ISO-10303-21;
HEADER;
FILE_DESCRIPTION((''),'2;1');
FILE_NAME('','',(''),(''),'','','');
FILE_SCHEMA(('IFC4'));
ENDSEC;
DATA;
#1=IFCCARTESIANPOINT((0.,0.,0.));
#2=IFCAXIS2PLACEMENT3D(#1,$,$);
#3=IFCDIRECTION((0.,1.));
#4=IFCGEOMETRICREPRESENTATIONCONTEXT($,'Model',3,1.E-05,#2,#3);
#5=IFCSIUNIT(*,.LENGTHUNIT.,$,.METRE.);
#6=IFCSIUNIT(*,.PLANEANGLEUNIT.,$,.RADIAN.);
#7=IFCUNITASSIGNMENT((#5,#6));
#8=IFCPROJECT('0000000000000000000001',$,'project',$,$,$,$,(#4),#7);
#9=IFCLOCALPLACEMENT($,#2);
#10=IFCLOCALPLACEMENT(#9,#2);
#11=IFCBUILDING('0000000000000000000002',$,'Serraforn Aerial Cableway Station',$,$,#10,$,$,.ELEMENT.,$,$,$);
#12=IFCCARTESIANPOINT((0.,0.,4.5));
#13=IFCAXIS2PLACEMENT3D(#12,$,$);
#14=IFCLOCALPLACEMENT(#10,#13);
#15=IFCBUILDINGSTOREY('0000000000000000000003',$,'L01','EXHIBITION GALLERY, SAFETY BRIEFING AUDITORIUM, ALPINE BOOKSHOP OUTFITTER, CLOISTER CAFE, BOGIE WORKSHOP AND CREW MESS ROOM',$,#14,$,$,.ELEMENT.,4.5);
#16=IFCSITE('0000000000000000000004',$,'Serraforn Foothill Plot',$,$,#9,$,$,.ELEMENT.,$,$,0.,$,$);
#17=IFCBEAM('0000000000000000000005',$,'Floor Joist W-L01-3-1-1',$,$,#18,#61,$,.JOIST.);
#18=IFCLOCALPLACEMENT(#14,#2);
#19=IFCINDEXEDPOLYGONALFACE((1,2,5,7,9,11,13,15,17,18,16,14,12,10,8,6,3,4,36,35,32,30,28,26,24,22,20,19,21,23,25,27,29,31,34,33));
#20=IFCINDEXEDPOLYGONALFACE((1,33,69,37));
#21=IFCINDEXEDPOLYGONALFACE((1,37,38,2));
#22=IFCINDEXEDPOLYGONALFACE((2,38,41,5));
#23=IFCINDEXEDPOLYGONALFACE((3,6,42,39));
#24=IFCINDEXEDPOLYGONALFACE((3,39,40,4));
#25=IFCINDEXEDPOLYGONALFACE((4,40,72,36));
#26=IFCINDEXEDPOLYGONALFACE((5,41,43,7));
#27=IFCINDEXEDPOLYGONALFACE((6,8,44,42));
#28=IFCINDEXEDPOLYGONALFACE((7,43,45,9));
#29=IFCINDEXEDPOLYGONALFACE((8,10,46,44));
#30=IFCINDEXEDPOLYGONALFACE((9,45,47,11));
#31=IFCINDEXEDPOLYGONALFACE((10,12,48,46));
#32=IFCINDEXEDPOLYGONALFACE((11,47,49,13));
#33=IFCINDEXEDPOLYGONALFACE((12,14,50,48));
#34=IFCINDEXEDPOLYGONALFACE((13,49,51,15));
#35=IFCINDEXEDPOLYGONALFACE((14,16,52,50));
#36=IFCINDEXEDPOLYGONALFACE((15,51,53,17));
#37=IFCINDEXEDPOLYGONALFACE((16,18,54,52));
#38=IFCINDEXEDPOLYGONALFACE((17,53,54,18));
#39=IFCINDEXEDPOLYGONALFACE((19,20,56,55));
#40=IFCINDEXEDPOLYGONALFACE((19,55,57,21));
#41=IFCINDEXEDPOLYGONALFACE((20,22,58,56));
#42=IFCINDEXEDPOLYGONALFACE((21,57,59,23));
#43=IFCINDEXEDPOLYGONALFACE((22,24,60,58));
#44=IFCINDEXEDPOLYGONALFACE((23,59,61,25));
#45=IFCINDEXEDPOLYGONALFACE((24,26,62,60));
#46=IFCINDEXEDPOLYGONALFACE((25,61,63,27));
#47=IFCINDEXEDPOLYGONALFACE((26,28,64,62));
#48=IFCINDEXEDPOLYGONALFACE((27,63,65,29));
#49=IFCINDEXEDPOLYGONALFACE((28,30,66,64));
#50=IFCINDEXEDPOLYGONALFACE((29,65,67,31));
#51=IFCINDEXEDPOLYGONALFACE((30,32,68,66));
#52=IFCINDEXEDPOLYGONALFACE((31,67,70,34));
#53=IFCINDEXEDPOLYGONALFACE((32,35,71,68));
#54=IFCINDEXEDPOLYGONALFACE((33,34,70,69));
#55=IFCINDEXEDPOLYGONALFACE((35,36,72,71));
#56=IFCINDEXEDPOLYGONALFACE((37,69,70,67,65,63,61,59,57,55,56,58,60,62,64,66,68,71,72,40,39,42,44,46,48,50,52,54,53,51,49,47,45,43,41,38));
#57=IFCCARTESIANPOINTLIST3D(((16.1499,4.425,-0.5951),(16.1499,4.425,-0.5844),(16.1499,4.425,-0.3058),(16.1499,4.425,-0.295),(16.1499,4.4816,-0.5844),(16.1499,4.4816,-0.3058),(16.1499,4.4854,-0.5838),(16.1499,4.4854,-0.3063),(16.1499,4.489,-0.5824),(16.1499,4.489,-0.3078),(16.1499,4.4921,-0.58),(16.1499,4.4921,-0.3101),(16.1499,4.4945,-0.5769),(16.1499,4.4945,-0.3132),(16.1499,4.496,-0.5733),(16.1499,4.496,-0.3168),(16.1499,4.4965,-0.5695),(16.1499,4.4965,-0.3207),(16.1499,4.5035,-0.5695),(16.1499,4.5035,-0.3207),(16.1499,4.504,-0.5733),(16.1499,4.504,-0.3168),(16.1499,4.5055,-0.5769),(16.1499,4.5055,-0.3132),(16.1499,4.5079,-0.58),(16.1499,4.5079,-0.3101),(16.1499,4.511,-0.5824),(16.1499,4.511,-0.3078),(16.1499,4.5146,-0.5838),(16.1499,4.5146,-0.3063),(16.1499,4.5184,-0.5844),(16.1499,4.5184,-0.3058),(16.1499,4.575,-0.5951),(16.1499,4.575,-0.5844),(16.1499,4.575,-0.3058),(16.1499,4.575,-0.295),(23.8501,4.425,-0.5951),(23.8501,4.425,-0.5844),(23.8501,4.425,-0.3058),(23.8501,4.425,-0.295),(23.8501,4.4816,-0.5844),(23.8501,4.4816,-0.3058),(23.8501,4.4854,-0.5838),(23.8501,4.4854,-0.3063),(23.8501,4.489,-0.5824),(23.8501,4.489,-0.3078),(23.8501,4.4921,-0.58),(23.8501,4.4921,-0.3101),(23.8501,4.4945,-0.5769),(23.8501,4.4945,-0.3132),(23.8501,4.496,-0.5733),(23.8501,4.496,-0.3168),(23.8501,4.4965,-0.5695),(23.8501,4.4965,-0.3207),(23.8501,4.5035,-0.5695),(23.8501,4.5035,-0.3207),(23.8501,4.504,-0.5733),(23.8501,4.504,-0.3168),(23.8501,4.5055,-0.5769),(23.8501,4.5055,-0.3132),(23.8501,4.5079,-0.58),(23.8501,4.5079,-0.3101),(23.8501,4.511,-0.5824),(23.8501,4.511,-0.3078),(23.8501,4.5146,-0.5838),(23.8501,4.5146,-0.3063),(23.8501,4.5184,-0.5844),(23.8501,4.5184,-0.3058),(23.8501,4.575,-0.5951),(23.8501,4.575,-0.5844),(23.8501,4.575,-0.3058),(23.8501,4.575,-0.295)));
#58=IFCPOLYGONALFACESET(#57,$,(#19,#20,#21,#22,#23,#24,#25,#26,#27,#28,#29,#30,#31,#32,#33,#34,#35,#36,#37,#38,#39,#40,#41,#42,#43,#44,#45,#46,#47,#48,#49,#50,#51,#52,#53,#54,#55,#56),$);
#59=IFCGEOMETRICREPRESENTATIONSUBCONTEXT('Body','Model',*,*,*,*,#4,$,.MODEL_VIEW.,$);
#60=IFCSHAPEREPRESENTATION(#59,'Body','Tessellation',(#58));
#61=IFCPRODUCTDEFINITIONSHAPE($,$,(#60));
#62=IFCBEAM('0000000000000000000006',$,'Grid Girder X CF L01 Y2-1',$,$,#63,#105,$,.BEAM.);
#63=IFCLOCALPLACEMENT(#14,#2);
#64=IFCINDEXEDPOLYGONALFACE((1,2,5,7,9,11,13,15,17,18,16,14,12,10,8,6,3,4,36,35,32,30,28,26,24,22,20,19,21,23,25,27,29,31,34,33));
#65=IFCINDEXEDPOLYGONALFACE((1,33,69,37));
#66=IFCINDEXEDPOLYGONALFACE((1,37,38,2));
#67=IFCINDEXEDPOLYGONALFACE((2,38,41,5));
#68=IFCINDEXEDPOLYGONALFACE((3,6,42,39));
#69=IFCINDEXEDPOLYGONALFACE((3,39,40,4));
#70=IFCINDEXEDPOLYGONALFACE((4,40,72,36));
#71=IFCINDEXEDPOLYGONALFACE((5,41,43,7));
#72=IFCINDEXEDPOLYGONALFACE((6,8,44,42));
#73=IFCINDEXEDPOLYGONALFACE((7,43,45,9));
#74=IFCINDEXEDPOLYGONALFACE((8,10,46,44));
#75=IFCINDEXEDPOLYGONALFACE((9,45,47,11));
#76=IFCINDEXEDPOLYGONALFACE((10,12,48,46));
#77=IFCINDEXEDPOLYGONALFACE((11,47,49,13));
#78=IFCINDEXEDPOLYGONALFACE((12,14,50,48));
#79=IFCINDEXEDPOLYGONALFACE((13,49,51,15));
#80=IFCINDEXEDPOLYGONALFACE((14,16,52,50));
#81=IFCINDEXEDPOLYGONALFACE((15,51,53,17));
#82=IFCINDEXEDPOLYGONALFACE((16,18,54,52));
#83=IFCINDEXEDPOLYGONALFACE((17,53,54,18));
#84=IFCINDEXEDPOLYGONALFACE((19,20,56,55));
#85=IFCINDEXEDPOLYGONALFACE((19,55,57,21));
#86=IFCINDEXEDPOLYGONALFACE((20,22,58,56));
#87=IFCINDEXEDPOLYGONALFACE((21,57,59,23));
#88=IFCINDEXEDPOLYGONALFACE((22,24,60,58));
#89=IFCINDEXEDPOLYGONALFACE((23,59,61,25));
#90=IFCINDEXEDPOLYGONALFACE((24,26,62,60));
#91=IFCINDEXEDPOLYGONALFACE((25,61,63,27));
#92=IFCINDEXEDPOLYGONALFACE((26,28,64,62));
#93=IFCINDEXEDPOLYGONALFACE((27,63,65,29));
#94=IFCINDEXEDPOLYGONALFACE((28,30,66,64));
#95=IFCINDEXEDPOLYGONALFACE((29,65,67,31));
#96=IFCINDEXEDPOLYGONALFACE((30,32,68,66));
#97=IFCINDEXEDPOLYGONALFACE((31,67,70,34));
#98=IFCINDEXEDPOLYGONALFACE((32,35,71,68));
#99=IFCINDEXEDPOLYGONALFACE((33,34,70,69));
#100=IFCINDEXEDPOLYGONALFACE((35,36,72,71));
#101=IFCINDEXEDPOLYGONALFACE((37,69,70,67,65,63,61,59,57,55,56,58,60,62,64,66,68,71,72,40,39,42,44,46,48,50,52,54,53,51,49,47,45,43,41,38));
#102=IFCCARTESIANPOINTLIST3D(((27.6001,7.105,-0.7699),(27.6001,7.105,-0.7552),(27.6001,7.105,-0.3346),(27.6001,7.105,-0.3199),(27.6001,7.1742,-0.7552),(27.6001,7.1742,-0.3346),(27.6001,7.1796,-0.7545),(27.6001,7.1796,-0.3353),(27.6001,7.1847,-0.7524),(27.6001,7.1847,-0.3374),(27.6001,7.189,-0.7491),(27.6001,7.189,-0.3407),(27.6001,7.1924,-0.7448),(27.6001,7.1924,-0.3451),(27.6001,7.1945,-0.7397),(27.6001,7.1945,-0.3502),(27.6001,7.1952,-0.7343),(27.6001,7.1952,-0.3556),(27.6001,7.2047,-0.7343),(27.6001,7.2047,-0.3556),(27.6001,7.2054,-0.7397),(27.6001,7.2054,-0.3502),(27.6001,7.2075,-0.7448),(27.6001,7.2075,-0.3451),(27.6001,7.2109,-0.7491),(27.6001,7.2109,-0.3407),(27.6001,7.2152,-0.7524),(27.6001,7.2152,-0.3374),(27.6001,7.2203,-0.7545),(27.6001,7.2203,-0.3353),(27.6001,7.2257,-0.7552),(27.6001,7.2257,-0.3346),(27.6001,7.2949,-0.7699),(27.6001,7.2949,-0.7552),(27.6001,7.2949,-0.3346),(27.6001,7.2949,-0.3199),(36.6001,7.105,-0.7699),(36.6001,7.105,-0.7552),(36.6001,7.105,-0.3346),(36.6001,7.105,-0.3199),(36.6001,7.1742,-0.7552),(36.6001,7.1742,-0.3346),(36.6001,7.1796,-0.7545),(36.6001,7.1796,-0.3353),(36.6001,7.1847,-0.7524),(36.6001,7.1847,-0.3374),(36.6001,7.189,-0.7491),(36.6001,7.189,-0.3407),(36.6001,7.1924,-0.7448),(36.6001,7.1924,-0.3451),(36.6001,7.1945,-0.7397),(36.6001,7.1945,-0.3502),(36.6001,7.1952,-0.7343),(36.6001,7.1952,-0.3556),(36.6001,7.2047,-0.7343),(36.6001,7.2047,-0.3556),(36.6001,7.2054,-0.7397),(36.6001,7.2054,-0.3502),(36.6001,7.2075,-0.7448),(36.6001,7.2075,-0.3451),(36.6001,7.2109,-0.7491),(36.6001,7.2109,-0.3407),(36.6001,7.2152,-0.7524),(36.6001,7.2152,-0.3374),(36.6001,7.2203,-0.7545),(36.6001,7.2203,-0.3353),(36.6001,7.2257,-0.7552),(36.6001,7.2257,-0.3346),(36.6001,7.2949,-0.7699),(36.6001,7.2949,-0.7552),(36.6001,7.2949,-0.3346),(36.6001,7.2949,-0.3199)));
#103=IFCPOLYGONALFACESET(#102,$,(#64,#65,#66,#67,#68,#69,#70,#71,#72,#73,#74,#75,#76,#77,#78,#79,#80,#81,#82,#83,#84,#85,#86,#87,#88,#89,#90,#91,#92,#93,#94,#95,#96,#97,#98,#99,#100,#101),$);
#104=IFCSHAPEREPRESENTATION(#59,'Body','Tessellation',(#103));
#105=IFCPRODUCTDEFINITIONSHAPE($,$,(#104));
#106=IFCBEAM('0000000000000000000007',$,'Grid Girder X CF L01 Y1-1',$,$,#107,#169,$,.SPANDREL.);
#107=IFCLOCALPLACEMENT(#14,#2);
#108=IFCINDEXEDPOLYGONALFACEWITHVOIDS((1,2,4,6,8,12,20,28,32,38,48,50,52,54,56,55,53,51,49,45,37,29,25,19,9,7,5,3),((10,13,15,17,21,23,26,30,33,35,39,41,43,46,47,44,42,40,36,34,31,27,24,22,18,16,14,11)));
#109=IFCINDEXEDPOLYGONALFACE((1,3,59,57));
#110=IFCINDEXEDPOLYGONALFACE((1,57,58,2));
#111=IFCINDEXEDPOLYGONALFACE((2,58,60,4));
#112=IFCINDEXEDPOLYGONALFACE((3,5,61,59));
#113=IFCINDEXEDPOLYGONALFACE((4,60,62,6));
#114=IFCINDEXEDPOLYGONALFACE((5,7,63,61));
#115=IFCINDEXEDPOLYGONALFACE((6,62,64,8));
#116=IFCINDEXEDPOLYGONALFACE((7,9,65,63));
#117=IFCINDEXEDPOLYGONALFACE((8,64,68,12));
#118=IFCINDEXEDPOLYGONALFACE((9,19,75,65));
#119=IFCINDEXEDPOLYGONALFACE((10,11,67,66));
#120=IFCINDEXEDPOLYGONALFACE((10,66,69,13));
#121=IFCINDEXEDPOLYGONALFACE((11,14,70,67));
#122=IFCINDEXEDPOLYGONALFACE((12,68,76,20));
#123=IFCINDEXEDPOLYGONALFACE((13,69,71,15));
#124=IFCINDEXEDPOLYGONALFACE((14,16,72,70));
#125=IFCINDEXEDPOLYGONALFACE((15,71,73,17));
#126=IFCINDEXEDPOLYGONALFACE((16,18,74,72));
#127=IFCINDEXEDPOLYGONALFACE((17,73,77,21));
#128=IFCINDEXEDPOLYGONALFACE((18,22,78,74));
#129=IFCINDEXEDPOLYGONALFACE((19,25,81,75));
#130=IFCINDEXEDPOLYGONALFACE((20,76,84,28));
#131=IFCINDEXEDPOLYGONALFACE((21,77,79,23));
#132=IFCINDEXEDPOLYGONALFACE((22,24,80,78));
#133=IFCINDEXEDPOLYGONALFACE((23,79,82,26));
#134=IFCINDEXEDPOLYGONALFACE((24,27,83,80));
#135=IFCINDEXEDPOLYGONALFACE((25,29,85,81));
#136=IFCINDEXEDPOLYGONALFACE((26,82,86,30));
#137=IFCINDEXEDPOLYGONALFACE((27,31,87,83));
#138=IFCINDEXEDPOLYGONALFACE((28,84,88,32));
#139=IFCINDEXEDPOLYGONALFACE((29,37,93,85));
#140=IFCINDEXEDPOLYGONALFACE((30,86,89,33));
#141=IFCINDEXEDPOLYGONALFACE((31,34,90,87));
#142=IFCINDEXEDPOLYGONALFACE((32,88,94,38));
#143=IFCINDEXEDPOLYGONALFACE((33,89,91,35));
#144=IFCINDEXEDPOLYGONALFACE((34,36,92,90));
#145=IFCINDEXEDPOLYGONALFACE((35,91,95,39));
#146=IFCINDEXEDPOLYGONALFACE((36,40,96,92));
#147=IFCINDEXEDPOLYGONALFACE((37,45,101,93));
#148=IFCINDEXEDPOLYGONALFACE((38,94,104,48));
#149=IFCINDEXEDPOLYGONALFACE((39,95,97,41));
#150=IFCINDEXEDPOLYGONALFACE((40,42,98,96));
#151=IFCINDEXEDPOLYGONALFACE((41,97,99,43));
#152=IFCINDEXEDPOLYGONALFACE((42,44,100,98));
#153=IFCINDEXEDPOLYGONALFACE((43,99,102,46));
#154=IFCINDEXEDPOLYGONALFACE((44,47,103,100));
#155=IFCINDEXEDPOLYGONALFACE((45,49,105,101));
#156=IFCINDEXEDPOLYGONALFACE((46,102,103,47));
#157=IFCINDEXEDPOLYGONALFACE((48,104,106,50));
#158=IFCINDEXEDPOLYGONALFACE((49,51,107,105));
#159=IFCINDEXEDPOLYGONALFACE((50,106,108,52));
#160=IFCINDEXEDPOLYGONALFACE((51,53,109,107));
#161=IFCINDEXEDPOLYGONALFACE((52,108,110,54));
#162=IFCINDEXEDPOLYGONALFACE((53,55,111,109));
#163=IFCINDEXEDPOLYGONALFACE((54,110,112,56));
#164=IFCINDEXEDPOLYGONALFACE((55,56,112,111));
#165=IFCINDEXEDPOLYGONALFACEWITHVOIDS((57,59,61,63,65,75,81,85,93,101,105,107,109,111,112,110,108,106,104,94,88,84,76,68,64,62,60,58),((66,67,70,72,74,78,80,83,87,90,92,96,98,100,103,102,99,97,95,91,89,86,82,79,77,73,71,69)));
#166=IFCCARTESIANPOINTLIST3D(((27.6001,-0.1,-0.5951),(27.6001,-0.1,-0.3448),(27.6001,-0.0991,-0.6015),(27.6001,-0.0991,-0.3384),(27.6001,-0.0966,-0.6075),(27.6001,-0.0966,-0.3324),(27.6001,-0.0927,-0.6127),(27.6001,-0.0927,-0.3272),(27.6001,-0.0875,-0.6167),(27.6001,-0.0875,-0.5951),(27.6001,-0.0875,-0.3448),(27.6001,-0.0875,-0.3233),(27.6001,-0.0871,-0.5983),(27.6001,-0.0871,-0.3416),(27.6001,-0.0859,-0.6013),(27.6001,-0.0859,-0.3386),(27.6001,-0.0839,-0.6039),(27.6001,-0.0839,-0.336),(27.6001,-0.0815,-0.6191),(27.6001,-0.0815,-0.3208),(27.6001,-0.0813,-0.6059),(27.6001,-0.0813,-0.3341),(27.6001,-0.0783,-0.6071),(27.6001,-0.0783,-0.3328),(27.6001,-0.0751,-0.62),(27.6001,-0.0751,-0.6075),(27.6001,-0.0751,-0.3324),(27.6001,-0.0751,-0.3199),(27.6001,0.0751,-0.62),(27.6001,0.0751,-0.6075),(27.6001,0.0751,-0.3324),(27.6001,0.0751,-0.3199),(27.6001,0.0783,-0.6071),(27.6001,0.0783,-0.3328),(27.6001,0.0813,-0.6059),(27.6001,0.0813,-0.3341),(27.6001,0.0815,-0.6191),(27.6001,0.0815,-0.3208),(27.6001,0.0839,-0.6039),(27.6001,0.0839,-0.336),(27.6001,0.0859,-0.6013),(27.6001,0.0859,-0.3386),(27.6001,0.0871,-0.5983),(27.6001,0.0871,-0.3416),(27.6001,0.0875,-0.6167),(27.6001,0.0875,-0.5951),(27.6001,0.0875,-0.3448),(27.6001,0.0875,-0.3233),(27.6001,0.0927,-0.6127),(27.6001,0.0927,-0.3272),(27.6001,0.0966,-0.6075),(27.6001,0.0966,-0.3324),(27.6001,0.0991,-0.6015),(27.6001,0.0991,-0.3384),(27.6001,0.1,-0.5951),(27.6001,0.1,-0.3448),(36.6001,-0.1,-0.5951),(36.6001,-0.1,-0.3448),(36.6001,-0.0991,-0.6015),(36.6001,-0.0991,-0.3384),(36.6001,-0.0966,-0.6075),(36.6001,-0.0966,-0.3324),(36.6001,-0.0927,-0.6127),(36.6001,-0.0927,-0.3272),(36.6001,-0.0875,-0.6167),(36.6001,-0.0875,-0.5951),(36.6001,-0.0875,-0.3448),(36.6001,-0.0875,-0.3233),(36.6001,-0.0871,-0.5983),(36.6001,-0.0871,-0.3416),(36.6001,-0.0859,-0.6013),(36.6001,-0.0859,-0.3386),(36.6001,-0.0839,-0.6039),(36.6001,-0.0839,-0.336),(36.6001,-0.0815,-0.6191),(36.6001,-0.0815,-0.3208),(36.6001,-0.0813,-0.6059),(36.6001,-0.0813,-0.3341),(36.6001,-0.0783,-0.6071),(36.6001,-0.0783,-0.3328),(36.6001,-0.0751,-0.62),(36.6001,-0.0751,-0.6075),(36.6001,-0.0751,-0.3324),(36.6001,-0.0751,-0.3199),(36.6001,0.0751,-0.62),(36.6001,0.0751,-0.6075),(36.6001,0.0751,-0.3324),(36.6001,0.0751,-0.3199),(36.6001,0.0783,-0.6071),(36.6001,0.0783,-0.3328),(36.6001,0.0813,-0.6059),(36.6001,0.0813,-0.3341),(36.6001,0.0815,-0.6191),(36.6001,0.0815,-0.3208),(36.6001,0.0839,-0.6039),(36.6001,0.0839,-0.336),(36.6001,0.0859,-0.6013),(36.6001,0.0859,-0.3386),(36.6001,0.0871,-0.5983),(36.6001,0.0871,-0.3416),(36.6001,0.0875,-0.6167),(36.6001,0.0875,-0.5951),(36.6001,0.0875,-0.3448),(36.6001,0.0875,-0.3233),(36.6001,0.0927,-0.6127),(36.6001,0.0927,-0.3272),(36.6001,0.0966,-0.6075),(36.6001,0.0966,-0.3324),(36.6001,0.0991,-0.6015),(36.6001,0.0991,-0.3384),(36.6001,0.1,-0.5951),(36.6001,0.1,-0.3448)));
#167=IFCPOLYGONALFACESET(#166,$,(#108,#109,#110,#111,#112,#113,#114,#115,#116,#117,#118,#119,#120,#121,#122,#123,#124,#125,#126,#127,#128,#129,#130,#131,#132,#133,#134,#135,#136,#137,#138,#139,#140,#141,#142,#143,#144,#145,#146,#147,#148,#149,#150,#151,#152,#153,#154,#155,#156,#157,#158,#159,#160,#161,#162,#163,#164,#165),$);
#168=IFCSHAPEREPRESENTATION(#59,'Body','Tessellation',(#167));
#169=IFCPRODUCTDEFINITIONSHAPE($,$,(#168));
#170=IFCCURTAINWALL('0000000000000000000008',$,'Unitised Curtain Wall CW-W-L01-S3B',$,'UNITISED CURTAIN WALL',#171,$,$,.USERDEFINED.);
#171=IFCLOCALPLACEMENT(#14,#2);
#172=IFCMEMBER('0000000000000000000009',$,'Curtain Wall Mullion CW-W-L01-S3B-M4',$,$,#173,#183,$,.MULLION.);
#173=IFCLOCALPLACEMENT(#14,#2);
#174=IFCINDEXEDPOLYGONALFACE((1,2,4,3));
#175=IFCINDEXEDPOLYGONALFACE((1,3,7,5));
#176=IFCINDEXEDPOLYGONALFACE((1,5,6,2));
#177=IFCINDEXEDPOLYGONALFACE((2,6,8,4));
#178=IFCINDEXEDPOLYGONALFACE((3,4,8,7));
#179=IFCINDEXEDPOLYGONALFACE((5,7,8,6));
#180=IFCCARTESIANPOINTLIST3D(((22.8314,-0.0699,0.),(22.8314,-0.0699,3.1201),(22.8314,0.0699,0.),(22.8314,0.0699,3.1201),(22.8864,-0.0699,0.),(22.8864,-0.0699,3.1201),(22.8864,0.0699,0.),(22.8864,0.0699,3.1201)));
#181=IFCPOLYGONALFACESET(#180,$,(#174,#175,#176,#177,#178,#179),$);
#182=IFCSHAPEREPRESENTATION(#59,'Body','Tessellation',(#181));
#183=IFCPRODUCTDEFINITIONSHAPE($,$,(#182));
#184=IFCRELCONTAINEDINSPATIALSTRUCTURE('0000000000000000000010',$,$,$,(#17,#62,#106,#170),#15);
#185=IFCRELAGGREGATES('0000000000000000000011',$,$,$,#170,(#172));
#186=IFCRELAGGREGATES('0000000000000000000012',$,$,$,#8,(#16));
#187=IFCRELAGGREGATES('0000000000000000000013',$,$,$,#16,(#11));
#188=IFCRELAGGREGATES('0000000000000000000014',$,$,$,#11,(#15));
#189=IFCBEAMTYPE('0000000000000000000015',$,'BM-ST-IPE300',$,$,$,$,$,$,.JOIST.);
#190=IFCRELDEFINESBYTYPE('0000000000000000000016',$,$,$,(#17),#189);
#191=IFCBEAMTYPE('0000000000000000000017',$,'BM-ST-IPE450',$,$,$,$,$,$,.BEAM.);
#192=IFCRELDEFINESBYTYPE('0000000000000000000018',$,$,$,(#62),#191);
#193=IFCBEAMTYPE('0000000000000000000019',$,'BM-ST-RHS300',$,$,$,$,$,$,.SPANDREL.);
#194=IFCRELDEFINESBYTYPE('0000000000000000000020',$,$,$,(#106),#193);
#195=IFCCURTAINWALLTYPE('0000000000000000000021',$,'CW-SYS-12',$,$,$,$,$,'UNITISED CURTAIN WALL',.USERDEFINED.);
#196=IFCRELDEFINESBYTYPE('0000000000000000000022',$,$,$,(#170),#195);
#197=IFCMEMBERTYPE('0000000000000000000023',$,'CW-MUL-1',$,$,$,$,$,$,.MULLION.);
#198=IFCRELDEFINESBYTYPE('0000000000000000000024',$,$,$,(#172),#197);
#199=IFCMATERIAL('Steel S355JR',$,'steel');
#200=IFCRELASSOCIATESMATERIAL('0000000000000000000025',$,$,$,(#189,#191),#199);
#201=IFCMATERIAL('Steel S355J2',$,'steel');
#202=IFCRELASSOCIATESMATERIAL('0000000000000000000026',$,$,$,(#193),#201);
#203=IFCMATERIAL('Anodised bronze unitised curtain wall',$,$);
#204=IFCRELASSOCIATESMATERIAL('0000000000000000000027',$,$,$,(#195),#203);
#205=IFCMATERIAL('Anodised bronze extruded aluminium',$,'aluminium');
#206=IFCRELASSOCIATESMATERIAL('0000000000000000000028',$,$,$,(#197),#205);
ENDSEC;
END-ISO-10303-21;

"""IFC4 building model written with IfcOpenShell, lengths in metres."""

from ifc_helpers import new_model, si_unit, direction, frame, origin, origin_2d, place, context, subcontext, project, spatial, rectangle, hollow_rectangle, i_section, extrude, material, material_profile, profile_set, type_object, element, aggregate, save


model = new_model("IFC4")

# Units and contexts
model_context = context("Model", 3, precision=1e-05, world=origin(), true_north=direction((0.0, 1.0)))
body_context = subcontext(model_context, "Body", "Model", "MODEL_VIEW")
ifc_project = project(units=[si_unit("LENGTHUNIT", "METRE"), si_unit("PLANEANGLEUNIT", "RADIAN")], contexts=[model_context])

# Site, building, storey
site_placement = place(None, origin())
site = spatial("IfcSite", under=ifc_project, at=site_placement, Name="Serraforn Foothill Plot", CompositionType="ELEMENT", RefElevation=0.0)
building_placement = place(site_placement, origin())
building = spatial("IfcBuilding", under=site, at=building_placement, Name="Serraforn Aerial Cableway Station", CompositionType="ELEMENT")
storey_placement = place(building_placement, frame((0.0, 0.0, 4.5)))
storey = spatial("IfcBuildingStorey", under=building, at=storey_placement, Name="L01", Description="EXHIBITION GALLERY, SAFETY BRIEFING AUDITORIUM, ALPINE BOOKSHOP OUTFITTER, CLOISTER CAFE, BOGIE WORKSHOP AND CREW MESS ROOM", CompositionType="ELEMENT", Elevation=4.5)

# Beams
ifc_material_1 = material(Name="Steel S355JR", Category="steel")
ifc_material_2 = material(Name="Steel S355J2", Category="steel")
ifc_material_profile_1 = material_profile(ifc_material_1, i_section(OverallWidth=0.1499, OverallDepth=0.3, WebThickness=0.0071, FlangeThickness=0.0107, FilletRadius=0.0149, at=origin_2d()), Name="IPE 300")
ifc_profile_set_1 = profile_set([ifc_material_profile_1], Name="Steel S355JR")
beam_type_1 = type_object("IfcBeamType", Name="BM-ST-IPE300", PredefinedType="JOIST", material=ifc_profile_set_1)
beam_1_placement = place(storey_placement, frame((16.1499, 4.5, -0.4451), z_axis=(1.0, 0.0, 0.0), x_axis=(0.0, 1.0, 0.0)))
element("IfcBeam", 1, at=beam_1_placement, inside=storey, type_object=beam_type_1, Name="Floor Joist W-L01-3-1-1", PredefinedType="JOIST", context=body_context, shape_type="SweptSolid", body=[
    extrude(i_section(OverallWidth=0.1499, OverallDepth=0.3, WebThickness=0.0071, FlangeThickness=0.0107, FilletRadius=0.0149, at=origin_2d()), origin(), (0.0, 0.0, 1.0), 7.7002),
])
ifc_material_profile_2 = material_profile(ifc_material_1, i_section(OverallWidth=0.1899, OverallDepth=0.45, WebThickness=0.0095, FlangeThickness=0.0146, FilletRadius=0.021, at=origin_2d()), Name="IPE 450")
ifc_profile_set_2 = profile_set([ifc_material_profile_2], Name="Steel S355JR")
beam_type_2 = type_object("IfcBeamType", Name="BM-ST-IPE450", PredefinedType="BEAM", material=ifc_profile_set_2)
beam_2_placement = place(storey_placement, frame((27.6001, 7.2, -0.5449), z_axis=(1.0, 0.0, 0.0), x_axis=(0.0, 1.0, 0.0)))
element("IfcBeam", 2, at=beam_2_placement, inside=storey, type_object=beam_type_2, Name="Grid Girder X CF L01 Y2-1", PredefinedType="BEAM", context=body_context, shape_type="SweptSolid", body=[
    extrude(i_section(OverallWidth=0.1899, OverallDepth=0.45, WebThickness=0.0095, FlangeThickness=0.0146, FilletRadius=0.021, at=origin_2d()), origin(), (0.0, 0.0, 1.0), 9.0),
])
ifc_material_profile_3 = material_profile(ifc_material_2, hollow_rectangle(XDim=0.2, YDim=0.3, WallThickness=0.0125, InnerFilletRadius=0.0125, OuterFilletRadius=0.0249, at=origin_2d()), Name="RHS 300x200x12.5")
ifc_profile_set_3 = profile_set([ifc_material_profile_3], Name="Steel S355J2")
beam_type_3 = type_object("IfcBeamType", Name="BM-ST-RHS300", PredefinedType="SPANDREL", material=ifc_profile_set_3)
beam_3_placement = place(storey_placement, frame((27.6001, 0.0, -0.47), z_axis=(1.0, 0.0, 0.0), x_axis=(0.0, 1.0, 0.0)))
element("IfcBeam", 3, at=beam_3_placement, inside=storey, type_object=beam_type_3, Name="Grid Girder X CF L01 Y1-1", PredefinedType="SPANDREL", context=body_context, shape_type="SweptSolid", body=[
    extrude(hollow_rectangle(XDim=0.2, YDim=0.3, WallThickness=0.0125, InnerFilletRadius=0.0125, OuterFilletRadius=0.0249, at=origin_2d()), origin(), (0.0, 0.0, 1.0), 9.0),
])

# Curtain wall, member
ifc_material_3 = material(Name="Anodised bronze unitised curtain wall")
curtain_wall_type = type_object("IfcCurtainWallType", Name="CW-SYS-12", ElementType="UNITISED CURTAIN WALL", PredefinedType="USERDEFINED", material=ifc_material_3)
curtain_wall_placement = place(storey_placement, origin())
curtain_wall = element("IfcCurtainWall", 4, at=curtain_wall_placement, inside=storey, type_object=curtain_wall_type, Name="Unitised Curtain Wall CW-W-L01-S3B", ObjectType="UNITISED CURTAIN WALL", PredefinedType="USERDEFINED")
ifc_material_4 = material(Name="Anodised bronze extruded aluminium", Category="aluminium")
ifc_material_profile_4 = material_profile(ifc_material_4, rectangle(XDim=0.0549, YDim=0.1399, at=origin_2d()), Name="CW MULLION 55x140")
ifc_profile_set_4 = profile_set([ifc_material_profile_4], Name="Anodised bronze extruded aluminium")
member_type_1 = type_object("IfcMemberType", Name="CW-MUL-1", PredefinedType="MULLION", material=ifc_profile_set_4)
member_1_placement = place(storey_placement, frame((22.8589, 0.0, 0.0), z_axis=(0.0, 0.0, 1.0), x_axis=(1.0, 0.0, 0.0)))
member_1 = element("IfcMember", 5, at=member_1_placement, type_object=member_type_1, Name="Curtain Wall Mullion CW-W-L01-S3B-M4", PredefinedType="MULLION", context=body_context, shape_type="SweptSolid", body=[
    extrude(rectangle(XDim=0.0549, YDim=0.1399, at=origin_2d()), origin(), (0.0, 0.0, 1.0), 3.1201),
])
aggregate(curtain_wall, [member_1])

save(model, "model.ifc")
